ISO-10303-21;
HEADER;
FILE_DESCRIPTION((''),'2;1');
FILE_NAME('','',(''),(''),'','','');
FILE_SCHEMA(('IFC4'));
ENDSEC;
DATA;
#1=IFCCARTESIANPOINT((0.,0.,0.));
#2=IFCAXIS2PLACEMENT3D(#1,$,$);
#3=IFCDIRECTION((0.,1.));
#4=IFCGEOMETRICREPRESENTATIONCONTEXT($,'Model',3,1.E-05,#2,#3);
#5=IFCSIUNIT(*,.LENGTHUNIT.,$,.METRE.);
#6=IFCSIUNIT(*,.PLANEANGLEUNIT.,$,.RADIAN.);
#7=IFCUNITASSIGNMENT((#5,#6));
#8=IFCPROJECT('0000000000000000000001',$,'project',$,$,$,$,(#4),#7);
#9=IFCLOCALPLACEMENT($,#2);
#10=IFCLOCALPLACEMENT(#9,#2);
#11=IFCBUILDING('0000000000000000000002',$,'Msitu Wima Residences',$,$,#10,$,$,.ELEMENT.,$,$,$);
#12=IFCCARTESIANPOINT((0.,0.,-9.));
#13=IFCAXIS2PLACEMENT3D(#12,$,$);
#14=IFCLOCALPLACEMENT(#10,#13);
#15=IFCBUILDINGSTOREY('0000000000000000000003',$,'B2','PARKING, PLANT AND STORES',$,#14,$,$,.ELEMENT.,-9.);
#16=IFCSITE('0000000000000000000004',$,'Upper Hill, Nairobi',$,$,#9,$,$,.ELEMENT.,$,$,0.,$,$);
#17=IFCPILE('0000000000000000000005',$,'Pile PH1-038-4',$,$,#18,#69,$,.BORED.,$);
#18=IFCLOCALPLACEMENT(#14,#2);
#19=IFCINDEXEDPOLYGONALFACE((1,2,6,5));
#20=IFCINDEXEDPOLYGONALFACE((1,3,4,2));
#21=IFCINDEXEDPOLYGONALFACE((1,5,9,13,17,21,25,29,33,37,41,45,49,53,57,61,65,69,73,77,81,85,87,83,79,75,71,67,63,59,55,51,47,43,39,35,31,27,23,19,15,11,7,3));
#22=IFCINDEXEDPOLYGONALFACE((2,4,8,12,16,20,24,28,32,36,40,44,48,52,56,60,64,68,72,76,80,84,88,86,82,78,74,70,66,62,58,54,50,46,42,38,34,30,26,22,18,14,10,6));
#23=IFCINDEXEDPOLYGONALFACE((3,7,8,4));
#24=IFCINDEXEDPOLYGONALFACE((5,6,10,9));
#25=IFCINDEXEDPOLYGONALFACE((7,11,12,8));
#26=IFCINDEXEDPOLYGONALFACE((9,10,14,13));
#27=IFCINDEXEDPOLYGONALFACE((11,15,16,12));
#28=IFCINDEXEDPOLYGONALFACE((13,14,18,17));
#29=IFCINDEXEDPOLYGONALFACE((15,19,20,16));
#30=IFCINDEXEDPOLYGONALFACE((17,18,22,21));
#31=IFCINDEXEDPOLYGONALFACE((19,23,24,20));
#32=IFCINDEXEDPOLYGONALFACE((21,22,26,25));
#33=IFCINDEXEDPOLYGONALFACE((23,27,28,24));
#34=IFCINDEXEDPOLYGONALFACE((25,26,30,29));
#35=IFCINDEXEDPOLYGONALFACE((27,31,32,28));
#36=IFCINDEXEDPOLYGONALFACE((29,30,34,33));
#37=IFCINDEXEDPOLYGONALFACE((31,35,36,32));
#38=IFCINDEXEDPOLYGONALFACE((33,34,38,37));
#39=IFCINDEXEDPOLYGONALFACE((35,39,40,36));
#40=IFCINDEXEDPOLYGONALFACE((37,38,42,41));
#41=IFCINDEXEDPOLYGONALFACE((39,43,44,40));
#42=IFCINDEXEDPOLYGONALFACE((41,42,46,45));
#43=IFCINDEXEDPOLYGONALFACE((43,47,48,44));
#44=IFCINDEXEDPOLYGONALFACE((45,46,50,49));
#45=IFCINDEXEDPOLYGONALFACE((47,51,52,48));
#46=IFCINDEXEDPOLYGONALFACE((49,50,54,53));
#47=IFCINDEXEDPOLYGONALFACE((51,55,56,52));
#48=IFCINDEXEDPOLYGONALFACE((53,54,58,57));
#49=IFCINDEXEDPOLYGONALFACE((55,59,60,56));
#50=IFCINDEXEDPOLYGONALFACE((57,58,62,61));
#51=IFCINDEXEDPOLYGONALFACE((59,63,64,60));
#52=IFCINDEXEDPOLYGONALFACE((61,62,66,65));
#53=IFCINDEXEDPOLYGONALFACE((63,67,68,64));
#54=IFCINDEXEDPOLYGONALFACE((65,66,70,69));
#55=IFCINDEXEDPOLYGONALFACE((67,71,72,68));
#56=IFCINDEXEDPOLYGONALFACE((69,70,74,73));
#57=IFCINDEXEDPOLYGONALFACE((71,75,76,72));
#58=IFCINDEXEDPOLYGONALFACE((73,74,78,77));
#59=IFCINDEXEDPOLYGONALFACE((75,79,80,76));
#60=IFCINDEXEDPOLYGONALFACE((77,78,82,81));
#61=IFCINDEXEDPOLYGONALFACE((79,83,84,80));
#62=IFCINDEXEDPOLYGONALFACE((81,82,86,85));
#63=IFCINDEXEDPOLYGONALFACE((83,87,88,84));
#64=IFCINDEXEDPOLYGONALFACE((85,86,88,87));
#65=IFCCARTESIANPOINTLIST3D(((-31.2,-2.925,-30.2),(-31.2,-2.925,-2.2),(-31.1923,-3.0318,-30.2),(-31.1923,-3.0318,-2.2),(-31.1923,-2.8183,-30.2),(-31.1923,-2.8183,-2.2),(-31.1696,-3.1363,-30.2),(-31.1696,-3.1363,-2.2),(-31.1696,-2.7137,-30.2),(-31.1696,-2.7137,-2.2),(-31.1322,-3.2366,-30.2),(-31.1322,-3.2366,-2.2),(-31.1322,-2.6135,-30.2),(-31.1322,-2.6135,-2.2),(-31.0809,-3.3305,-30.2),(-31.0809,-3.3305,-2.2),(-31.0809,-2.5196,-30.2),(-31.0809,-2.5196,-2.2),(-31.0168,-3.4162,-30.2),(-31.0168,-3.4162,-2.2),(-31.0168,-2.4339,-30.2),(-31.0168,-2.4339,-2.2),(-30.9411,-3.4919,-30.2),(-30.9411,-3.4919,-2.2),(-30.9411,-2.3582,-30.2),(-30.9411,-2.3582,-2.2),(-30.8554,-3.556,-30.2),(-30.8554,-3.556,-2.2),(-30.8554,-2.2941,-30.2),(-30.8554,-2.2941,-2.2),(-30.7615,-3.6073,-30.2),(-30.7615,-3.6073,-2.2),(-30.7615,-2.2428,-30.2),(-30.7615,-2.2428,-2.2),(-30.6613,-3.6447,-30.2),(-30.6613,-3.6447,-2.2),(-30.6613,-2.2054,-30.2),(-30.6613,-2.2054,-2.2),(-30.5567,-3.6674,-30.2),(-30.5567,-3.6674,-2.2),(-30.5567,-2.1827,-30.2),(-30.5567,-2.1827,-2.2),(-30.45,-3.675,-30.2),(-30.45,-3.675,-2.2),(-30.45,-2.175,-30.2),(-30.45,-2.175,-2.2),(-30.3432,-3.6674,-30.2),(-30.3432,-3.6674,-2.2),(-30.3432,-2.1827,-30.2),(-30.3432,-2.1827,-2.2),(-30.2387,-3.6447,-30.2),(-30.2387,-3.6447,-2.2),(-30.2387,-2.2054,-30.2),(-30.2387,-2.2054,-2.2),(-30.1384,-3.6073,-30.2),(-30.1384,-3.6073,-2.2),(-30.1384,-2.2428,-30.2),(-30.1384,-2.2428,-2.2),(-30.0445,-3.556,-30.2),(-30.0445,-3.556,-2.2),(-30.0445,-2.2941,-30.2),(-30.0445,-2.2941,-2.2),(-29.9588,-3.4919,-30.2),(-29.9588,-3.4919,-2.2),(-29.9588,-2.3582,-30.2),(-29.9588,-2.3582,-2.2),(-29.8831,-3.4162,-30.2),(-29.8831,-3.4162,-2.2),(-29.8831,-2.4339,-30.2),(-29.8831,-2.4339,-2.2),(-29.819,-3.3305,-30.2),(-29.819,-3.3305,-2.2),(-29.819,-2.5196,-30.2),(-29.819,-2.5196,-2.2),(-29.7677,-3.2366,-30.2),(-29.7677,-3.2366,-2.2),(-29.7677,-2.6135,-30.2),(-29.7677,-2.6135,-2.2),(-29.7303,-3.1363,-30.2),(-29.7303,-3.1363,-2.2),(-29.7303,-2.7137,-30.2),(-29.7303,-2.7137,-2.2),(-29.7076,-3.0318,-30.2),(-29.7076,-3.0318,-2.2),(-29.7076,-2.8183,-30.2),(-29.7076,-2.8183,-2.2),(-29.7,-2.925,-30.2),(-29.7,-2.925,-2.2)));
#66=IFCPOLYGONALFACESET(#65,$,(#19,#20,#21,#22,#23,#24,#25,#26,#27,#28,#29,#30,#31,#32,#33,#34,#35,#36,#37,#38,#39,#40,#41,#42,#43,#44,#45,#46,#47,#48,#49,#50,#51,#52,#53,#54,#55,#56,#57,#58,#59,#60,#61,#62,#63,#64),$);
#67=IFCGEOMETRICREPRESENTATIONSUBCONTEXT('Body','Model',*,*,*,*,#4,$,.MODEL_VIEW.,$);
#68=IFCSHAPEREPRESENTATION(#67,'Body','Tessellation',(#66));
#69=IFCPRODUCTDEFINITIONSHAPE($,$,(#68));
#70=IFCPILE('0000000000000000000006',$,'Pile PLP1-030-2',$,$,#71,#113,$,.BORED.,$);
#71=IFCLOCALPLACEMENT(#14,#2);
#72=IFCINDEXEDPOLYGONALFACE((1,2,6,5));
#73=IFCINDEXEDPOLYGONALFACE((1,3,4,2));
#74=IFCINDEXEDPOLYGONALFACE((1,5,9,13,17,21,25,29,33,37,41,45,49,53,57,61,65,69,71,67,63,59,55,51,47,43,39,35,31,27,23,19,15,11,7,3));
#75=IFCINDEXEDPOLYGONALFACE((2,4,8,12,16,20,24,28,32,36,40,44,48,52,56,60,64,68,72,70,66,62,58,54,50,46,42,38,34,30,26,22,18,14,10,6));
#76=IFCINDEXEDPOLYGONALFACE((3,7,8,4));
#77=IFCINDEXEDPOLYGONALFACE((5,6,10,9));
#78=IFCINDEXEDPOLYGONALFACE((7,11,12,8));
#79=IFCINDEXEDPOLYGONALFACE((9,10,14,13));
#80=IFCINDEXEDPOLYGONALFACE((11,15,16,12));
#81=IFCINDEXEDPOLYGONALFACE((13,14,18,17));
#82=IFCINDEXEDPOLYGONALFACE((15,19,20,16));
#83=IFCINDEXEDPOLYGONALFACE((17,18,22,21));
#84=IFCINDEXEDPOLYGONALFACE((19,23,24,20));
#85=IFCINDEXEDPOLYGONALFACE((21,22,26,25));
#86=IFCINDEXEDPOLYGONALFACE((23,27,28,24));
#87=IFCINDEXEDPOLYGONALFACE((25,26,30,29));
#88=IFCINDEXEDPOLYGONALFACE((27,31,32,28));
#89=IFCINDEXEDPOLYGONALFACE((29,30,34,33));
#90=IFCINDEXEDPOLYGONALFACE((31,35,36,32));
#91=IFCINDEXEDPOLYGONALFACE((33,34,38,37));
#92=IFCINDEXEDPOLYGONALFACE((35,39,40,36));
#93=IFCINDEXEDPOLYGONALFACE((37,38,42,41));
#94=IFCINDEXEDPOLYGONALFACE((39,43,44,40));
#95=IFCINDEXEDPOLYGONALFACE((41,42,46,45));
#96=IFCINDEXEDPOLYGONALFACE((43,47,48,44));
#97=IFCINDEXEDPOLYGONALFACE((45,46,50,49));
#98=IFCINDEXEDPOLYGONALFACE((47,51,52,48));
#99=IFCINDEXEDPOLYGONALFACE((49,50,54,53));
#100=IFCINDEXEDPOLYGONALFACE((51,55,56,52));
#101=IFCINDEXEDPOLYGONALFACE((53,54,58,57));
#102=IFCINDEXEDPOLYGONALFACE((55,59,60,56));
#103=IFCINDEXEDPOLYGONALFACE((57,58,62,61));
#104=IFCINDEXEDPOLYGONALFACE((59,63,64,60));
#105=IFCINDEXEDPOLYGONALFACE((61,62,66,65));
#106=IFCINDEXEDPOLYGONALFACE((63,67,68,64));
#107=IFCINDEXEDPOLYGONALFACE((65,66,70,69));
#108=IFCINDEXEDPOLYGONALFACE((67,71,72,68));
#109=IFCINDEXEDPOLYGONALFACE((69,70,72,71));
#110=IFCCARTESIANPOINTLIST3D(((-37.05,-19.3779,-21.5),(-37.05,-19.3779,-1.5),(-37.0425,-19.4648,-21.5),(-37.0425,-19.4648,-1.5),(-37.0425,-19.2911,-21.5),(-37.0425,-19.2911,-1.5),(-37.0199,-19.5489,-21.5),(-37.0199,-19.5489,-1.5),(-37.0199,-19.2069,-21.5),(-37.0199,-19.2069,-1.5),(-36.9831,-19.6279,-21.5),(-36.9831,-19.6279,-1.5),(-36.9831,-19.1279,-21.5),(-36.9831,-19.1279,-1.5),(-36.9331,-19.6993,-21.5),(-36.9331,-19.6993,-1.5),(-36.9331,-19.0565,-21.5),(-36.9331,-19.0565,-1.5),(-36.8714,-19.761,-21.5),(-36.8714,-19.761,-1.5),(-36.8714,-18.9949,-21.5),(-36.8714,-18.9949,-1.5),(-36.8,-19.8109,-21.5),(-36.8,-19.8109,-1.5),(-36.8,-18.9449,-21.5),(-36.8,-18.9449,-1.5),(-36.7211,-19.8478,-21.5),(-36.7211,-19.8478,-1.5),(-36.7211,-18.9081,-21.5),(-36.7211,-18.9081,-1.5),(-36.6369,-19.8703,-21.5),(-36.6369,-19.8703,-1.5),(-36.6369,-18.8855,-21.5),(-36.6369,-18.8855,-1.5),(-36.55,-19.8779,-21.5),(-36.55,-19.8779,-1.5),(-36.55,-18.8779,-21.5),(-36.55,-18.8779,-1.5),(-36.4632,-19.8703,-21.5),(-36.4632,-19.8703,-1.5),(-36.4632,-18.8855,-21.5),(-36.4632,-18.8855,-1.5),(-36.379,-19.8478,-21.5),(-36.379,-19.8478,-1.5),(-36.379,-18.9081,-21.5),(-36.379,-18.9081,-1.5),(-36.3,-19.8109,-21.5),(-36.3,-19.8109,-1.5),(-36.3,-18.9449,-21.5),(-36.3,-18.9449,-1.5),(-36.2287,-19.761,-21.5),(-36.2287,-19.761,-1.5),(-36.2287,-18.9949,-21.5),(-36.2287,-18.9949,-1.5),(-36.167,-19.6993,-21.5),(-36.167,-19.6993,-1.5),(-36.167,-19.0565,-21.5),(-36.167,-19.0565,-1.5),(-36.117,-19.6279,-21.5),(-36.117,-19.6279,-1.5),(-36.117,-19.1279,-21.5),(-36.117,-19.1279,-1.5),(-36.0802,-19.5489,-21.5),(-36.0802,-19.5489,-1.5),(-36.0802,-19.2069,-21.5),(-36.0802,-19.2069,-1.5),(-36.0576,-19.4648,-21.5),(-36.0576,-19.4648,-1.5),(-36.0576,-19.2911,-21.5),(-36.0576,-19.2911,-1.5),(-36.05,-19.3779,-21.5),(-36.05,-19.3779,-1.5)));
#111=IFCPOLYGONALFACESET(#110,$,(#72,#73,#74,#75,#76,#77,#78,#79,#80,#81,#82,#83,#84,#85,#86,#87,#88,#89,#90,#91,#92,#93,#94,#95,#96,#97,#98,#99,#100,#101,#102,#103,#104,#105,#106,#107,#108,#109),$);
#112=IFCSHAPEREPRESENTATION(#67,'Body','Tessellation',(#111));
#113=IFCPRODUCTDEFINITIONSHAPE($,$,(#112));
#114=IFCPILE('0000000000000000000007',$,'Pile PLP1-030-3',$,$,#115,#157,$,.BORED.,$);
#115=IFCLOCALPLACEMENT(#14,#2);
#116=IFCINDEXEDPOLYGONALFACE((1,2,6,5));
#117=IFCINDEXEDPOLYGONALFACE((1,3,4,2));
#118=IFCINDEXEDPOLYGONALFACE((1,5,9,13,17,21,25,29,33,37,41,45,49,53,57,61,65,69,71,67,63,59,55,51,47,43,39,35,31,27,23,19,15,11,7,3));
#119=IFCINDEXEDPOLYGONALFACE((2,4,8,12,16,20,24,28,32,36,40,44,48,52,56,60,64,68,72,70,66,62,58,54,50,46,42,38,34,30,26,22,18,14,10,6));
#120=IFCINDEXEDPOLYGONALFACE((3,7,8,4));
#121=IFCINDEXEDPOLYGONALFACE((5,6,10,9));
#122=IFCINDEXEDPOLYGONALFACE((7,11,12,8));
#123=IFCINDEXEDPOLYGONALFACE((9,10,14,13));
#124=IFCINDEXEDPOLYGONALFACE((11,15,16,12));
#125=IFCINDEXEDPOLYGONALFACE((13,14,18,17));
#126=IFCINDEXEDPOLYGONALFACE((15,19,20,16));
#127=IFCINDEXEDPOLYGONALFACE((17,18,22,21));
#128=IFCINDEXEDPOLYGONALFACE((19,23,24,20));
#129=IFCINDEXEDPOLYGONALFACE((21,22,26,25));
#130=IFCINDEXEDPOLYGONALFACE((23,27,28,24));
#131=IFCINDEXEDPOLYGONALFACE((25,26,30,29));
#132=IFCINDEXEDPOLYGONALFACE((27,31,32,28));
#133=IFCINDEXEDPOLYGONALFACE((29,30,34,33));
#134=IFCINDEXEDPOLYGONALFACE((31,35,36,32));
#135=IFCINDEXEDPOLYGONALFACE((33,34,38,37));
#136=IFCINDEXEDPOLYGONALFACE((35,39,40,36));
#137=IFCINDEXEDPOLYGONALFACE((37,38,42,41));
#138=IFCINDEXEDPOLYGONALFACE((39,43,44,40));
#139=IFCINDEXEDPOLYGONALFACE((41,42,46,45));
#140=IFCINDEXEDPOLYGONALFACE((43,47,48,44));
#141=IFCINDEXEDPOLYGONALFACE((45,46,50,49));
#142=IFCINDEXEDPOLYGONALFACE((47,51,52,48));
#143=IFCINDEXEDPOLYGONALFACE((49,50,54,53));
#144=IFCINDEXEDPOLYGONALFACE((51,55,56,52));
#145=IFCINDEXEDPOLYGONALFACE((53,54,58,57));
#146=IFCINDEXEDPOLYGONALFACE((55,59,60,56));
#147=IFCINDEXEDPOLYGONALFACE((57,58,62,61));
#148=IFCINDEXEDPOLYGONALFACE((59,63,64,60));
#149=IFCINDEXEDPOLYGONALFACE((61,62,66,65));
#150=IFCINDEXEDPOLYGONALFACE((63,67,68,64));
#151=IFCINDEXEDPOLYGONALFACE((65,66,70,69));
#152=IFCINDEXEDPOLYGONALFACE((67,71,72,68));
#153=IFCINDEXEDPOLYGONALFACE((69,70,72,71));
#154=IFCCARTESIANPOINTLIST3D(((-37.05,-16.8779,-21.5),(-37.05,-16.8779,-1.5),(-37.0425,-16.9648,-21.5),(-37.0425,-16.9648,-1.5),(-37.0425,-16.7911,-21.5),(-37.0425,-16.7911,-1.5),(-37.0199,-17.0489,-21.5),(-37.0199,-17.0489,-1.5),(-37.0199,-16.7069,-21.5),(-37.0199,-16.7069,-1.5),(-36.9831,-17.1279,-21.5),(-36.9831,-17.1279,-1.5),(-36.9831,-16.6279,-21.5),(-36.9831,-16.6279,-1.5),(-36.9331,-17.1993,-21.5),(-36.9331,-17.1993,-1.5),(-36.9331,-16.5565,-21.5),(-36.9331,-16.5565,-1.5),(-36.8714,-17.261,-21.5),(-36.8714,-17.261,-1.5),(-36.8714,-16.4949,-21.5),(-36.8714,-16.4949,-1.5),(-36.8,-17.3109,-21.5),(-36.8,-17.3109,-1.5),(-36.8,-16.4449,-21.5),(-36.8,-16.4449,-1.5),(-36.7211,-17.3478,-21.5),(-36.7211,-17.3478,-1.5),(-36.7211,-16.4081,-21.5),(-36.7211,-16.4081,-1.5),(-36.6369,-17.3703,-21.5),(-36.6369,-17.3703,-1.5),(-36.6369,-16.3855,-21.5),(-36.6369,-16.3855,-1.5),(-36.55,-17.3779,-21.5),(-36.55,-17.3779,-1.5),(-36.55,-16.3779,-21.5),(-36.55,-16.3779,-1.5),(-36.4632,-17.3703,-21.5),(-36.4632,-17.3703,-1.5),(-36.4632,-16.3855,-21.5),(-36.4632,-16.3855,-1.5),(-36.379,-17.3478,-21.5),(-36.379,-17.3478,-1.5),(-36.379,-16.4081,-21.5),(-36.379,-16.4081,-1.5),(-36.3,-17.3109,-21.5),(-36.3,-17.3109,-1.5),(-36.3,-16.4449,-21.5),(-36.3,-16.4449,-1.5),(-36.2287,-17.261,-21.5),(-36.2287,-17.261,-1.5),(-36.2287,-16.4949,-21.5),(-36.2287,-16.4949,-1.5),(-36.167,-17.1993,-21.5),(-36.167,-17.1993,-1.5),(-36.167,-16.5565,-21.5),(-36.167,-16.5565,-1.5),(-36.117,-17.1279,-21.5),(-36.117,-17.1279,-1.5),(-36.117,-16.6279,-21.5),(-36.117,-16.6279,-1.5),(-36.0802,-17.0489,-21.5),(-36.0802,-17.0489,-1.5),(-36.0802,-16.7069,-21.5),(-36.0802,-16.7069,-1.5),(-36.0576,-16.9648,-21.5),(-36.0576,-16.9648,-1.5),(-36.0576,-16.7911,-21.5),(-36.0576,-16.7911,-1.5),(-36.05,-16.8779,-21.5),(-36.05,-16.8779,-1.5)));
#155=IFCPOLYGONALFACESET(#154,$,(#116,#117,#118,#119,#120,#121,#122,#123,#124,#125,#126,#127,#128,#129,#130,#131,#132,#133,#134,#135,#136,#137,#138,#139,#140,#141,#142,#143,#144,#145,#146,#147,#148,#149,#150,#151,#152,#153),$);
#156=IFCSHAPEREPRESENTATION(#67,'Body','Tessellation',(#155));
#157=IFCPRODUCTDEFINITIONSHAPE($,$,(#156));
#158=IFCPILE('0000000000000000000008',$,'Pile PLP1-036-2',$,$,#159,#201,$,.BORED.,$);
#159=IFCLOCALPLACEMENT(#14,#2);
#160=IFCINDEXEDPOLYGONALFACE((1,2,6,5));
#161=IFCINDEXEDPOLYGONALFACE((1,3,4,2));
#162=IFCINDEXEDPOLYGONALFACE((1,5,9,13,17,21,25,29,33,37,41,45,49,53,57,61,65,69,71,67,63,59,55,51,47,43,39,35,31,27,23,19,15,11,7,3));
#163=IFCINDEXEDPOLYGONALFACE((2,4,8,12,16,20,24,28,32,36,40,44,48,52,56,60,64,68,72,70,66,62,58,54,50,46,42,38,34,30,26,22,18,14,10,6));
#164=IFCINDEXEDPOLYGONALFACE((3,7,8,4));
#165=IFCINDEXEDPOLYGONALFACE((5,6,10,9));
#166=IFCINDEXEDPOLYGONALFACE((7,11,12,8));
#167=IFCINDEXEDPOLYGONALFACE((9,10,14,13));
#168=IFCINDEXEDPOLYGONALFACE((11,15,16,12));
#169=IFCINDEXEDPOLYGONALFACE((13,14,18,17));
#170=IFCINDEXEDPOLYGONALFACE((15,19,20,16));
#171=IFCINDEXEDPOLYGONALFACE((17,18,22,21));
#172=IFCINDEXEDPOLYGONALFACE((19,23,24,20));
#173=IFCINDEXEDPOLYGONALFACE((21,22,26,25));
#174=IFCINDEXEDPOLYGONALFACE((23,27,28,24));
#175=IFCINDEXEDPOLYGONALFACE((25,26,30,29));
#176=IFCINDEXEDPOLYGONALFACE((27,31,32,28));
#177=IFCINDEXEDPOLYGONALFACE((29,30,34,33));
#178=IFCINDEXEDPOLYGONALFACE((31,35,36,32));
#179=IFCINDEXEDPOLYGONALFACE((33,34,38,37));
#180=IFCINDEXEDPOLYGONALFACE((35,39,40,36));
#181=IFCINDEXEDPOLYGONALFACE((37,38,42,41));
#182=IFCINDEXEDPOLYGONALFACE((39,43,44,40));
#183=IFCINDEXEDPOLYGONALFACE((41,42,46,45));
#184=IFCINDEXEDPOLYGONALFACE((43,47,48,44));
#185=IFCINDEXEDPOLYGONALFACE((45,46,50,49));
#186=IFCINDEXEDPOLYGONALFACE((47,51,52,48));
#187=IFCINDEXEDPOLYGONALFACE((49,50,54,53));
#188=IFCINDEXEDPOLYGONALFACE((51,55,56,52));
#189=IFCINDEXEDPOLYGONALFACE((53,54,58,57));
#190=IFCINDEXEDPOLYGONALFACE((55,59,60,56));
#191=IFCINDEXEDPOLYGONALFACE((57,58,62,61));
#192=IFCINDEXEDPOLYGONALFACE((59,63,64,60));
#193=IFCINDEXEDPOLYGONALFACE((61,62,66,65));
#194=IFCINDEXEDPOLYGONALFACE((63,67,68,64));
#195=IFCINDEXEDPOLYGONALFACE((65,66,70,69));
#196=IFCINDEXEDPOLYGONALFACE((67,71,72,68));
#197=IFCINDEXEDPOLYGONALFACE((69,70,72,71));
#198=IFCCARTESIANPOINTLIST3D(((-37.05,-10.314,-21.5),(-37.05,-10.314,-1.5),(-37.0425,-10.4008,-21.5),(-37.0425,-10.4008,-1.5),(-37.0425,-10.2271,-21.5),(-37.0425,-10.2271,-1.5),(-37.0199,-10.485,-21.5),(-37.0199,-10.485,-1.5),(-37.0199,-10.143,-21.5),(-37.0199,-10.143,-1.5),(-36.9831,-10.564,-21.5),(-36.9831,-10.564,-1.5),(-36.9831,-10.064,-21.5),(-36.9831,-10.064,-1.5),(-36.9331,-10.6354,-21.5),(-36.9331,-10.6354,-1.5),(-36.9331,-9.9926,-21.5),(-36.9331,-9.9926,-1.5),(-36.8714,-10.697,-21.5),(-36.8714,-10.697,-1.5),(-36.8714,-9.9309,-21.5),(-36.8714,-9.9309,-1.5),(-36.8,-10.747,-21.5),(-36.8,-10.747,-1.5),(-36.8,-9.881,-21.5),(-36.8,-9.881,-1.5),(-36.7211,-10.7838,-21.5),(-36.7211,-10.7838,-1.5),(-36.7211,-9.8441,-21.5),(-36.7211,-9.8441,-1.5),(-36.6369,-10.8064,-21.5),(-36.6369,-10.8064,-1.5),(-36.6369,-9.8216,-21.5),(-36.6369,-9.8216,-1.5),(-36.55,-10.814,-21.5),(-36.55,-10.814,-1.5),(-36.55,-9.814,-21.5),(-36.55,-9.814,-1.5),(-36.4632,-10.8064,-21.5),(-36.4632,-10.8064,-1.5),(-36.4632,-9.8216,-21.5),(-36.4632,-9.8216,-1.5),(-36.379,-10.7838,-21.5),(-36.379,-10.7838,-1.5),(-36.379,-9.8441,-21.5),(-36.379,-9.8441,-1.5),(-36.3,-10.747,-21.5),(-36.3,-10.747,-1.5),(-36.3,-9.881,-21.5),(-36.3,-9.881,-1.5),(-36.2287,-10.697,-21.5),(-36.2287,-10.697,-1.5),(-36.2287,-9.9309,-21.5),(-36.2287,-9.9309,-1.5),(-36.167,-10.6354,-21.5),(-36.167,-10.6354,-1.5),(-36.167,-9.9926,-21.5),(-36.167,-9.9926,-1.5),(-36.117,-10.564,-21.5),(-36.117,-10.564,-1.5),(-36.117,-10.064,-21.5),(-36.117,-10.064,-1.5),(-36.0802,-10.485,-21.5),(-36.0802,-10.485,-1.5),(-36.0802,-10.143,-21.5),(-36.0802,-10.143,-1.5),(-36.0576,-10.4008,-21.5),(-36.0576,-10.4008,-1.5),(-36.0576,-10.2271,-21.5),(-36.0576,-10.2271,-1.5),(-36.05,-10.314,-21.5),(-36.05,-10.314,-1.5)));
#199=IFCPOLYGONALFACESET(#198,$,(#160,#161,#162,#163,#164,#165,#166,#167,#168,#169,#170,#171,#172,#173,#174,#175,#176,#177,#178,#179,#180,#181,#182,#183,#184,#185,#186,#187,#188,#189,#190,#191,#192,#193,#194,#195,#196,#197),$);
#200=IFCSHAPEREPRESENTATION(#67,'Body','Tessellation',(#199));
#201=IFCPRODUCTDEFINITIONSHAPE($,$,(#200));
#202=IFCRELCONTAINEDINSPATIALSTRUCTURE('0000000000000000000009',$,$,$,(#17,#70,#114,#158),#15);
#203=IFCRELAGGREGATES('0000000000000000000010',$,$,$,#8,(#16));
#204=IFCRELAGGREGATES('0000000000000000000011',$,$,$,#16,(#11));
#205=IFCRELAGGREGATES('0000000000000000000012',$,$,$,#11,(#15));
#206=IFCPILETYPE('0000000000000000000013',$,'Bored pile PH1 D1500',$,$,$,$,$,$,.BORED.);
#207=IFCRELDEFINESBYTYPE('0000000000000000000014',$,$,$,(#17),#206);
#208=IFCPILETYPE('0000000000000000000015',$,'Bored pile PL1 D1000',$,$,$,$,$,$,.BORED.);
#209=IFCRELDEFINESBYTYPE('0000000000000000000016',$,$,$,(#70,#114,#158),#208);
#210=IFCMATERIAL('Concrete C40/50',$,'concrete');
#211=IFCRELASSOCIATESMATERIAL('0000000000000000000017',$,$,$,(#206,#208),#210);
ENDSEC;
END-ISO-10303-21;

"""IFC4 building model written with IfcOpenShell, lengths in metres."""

from ifc_helpers import new_model, si_unit, direction, frame, origin, origin_2d, place, context, subcontext, project, spatial, circle, extrude, material, type_object, element, save


model = new_model("IFC4")

# Units and contexts
model_context = context("Model", 3, precision=1e-05, world=origin(), true_north=direction((0.0, 1.0)))
body_context = subcontext(model_context, "Body", "Model", "MODEL_VIEW")
ifc_project = project(units=[si_unit("LENGTHUNIT", "METRE"), si_unit("PLANEANGLEUNIT", "RADIAN")], contexts=[model_context])

# Site, building, storey
site_placement = place(None, origin())
site = spatial("IfcSite", under=ifc_project, at=site_placement, Name="Upper Hill, Nairobi", CompositionType="ELEMENT", RefElevation=0.0)
building_placement = place(site_placement, origin())
building = spatial("IfcBuilding", under=site, at=building_placement, Name="Msitu Wima Residences", CompositionType="ELEMENT")
storey_placement = place(building_placement, frame((0.0, 0.0, -9.0)))
storey = spatial("IfcBuildingStorey", under=building, at=storey_placement, Name="B2", Description="PARKING, PLANT AND STORES", CompositionType="ELEMENT", Elevation=-9.0)

# Piles
ifc_material_1 = material(Name="Concrete C40/50", Category="concrete")
pile_type_1 = type_object("IfcPileType", Name="Bored pile PH1 D1500", PredefinedType="BORED", material=ifc_material_1)
for number, where, z_axis, x_axis, name in (
    (1, (-30.45, -2.925, -2.2), (0.0, 0.0, -1.0), (1.0, 0.0, 0.0), "Pile PH1-038-4"),
):
    element("IfcPile", number, at=place(storey_placement, frame(where, z_axis=z_axis, x_axis=x_axis)), inside=storey, type_object=pile_type_1, Name=name, PredefinedType="BORED", context=body_context, shape_type="SweptSolid", body=[
        extrude(circle(Radius=0.75, at=origin_2d()), origin(), (0.0, 0.0, 1.0), 28.0),
    ])
pile_type_2 = type_object("IfcPileType", Name="Bored pile PL1 D1000", PredefinedType="BORED", material=ifc_material_1)
for number, where, z_axis, x_axis, name in (
    (2, (-36.55, -19.3779, -1.5), (0.0, 0.0, -1.0), (1.0, 0.0, 0.0), "Pile PLP1-030-2"),
    (3, (-36.55, -16.8779, -1.5), (0.0, 0.0, -1.0), (1.0, 0.0, 0.0), "Pile PLP1-030-3"),
    (4, (-36.55, -10.314, -1.5), (0.0, 0.0, -1.0), (1.0, 0.0, 0.0), "Pile PLP1-036-2"),
):
    element("IfcPile", number, at=place(storey_placement, frame(where, z_axis=z_axis, x_axis=x_axis)), inside=storey, type_object=pile_type_2, Name=name, PredefinedType="BORED", context=body_context, shape_type="SweptSolid", body=[
        extrude(circle(Radius=0.5, at=origin_2d()), origin(), (0.0, 0.0, 1.0), 20.0),
    ])

save(model, "model.ifc")
